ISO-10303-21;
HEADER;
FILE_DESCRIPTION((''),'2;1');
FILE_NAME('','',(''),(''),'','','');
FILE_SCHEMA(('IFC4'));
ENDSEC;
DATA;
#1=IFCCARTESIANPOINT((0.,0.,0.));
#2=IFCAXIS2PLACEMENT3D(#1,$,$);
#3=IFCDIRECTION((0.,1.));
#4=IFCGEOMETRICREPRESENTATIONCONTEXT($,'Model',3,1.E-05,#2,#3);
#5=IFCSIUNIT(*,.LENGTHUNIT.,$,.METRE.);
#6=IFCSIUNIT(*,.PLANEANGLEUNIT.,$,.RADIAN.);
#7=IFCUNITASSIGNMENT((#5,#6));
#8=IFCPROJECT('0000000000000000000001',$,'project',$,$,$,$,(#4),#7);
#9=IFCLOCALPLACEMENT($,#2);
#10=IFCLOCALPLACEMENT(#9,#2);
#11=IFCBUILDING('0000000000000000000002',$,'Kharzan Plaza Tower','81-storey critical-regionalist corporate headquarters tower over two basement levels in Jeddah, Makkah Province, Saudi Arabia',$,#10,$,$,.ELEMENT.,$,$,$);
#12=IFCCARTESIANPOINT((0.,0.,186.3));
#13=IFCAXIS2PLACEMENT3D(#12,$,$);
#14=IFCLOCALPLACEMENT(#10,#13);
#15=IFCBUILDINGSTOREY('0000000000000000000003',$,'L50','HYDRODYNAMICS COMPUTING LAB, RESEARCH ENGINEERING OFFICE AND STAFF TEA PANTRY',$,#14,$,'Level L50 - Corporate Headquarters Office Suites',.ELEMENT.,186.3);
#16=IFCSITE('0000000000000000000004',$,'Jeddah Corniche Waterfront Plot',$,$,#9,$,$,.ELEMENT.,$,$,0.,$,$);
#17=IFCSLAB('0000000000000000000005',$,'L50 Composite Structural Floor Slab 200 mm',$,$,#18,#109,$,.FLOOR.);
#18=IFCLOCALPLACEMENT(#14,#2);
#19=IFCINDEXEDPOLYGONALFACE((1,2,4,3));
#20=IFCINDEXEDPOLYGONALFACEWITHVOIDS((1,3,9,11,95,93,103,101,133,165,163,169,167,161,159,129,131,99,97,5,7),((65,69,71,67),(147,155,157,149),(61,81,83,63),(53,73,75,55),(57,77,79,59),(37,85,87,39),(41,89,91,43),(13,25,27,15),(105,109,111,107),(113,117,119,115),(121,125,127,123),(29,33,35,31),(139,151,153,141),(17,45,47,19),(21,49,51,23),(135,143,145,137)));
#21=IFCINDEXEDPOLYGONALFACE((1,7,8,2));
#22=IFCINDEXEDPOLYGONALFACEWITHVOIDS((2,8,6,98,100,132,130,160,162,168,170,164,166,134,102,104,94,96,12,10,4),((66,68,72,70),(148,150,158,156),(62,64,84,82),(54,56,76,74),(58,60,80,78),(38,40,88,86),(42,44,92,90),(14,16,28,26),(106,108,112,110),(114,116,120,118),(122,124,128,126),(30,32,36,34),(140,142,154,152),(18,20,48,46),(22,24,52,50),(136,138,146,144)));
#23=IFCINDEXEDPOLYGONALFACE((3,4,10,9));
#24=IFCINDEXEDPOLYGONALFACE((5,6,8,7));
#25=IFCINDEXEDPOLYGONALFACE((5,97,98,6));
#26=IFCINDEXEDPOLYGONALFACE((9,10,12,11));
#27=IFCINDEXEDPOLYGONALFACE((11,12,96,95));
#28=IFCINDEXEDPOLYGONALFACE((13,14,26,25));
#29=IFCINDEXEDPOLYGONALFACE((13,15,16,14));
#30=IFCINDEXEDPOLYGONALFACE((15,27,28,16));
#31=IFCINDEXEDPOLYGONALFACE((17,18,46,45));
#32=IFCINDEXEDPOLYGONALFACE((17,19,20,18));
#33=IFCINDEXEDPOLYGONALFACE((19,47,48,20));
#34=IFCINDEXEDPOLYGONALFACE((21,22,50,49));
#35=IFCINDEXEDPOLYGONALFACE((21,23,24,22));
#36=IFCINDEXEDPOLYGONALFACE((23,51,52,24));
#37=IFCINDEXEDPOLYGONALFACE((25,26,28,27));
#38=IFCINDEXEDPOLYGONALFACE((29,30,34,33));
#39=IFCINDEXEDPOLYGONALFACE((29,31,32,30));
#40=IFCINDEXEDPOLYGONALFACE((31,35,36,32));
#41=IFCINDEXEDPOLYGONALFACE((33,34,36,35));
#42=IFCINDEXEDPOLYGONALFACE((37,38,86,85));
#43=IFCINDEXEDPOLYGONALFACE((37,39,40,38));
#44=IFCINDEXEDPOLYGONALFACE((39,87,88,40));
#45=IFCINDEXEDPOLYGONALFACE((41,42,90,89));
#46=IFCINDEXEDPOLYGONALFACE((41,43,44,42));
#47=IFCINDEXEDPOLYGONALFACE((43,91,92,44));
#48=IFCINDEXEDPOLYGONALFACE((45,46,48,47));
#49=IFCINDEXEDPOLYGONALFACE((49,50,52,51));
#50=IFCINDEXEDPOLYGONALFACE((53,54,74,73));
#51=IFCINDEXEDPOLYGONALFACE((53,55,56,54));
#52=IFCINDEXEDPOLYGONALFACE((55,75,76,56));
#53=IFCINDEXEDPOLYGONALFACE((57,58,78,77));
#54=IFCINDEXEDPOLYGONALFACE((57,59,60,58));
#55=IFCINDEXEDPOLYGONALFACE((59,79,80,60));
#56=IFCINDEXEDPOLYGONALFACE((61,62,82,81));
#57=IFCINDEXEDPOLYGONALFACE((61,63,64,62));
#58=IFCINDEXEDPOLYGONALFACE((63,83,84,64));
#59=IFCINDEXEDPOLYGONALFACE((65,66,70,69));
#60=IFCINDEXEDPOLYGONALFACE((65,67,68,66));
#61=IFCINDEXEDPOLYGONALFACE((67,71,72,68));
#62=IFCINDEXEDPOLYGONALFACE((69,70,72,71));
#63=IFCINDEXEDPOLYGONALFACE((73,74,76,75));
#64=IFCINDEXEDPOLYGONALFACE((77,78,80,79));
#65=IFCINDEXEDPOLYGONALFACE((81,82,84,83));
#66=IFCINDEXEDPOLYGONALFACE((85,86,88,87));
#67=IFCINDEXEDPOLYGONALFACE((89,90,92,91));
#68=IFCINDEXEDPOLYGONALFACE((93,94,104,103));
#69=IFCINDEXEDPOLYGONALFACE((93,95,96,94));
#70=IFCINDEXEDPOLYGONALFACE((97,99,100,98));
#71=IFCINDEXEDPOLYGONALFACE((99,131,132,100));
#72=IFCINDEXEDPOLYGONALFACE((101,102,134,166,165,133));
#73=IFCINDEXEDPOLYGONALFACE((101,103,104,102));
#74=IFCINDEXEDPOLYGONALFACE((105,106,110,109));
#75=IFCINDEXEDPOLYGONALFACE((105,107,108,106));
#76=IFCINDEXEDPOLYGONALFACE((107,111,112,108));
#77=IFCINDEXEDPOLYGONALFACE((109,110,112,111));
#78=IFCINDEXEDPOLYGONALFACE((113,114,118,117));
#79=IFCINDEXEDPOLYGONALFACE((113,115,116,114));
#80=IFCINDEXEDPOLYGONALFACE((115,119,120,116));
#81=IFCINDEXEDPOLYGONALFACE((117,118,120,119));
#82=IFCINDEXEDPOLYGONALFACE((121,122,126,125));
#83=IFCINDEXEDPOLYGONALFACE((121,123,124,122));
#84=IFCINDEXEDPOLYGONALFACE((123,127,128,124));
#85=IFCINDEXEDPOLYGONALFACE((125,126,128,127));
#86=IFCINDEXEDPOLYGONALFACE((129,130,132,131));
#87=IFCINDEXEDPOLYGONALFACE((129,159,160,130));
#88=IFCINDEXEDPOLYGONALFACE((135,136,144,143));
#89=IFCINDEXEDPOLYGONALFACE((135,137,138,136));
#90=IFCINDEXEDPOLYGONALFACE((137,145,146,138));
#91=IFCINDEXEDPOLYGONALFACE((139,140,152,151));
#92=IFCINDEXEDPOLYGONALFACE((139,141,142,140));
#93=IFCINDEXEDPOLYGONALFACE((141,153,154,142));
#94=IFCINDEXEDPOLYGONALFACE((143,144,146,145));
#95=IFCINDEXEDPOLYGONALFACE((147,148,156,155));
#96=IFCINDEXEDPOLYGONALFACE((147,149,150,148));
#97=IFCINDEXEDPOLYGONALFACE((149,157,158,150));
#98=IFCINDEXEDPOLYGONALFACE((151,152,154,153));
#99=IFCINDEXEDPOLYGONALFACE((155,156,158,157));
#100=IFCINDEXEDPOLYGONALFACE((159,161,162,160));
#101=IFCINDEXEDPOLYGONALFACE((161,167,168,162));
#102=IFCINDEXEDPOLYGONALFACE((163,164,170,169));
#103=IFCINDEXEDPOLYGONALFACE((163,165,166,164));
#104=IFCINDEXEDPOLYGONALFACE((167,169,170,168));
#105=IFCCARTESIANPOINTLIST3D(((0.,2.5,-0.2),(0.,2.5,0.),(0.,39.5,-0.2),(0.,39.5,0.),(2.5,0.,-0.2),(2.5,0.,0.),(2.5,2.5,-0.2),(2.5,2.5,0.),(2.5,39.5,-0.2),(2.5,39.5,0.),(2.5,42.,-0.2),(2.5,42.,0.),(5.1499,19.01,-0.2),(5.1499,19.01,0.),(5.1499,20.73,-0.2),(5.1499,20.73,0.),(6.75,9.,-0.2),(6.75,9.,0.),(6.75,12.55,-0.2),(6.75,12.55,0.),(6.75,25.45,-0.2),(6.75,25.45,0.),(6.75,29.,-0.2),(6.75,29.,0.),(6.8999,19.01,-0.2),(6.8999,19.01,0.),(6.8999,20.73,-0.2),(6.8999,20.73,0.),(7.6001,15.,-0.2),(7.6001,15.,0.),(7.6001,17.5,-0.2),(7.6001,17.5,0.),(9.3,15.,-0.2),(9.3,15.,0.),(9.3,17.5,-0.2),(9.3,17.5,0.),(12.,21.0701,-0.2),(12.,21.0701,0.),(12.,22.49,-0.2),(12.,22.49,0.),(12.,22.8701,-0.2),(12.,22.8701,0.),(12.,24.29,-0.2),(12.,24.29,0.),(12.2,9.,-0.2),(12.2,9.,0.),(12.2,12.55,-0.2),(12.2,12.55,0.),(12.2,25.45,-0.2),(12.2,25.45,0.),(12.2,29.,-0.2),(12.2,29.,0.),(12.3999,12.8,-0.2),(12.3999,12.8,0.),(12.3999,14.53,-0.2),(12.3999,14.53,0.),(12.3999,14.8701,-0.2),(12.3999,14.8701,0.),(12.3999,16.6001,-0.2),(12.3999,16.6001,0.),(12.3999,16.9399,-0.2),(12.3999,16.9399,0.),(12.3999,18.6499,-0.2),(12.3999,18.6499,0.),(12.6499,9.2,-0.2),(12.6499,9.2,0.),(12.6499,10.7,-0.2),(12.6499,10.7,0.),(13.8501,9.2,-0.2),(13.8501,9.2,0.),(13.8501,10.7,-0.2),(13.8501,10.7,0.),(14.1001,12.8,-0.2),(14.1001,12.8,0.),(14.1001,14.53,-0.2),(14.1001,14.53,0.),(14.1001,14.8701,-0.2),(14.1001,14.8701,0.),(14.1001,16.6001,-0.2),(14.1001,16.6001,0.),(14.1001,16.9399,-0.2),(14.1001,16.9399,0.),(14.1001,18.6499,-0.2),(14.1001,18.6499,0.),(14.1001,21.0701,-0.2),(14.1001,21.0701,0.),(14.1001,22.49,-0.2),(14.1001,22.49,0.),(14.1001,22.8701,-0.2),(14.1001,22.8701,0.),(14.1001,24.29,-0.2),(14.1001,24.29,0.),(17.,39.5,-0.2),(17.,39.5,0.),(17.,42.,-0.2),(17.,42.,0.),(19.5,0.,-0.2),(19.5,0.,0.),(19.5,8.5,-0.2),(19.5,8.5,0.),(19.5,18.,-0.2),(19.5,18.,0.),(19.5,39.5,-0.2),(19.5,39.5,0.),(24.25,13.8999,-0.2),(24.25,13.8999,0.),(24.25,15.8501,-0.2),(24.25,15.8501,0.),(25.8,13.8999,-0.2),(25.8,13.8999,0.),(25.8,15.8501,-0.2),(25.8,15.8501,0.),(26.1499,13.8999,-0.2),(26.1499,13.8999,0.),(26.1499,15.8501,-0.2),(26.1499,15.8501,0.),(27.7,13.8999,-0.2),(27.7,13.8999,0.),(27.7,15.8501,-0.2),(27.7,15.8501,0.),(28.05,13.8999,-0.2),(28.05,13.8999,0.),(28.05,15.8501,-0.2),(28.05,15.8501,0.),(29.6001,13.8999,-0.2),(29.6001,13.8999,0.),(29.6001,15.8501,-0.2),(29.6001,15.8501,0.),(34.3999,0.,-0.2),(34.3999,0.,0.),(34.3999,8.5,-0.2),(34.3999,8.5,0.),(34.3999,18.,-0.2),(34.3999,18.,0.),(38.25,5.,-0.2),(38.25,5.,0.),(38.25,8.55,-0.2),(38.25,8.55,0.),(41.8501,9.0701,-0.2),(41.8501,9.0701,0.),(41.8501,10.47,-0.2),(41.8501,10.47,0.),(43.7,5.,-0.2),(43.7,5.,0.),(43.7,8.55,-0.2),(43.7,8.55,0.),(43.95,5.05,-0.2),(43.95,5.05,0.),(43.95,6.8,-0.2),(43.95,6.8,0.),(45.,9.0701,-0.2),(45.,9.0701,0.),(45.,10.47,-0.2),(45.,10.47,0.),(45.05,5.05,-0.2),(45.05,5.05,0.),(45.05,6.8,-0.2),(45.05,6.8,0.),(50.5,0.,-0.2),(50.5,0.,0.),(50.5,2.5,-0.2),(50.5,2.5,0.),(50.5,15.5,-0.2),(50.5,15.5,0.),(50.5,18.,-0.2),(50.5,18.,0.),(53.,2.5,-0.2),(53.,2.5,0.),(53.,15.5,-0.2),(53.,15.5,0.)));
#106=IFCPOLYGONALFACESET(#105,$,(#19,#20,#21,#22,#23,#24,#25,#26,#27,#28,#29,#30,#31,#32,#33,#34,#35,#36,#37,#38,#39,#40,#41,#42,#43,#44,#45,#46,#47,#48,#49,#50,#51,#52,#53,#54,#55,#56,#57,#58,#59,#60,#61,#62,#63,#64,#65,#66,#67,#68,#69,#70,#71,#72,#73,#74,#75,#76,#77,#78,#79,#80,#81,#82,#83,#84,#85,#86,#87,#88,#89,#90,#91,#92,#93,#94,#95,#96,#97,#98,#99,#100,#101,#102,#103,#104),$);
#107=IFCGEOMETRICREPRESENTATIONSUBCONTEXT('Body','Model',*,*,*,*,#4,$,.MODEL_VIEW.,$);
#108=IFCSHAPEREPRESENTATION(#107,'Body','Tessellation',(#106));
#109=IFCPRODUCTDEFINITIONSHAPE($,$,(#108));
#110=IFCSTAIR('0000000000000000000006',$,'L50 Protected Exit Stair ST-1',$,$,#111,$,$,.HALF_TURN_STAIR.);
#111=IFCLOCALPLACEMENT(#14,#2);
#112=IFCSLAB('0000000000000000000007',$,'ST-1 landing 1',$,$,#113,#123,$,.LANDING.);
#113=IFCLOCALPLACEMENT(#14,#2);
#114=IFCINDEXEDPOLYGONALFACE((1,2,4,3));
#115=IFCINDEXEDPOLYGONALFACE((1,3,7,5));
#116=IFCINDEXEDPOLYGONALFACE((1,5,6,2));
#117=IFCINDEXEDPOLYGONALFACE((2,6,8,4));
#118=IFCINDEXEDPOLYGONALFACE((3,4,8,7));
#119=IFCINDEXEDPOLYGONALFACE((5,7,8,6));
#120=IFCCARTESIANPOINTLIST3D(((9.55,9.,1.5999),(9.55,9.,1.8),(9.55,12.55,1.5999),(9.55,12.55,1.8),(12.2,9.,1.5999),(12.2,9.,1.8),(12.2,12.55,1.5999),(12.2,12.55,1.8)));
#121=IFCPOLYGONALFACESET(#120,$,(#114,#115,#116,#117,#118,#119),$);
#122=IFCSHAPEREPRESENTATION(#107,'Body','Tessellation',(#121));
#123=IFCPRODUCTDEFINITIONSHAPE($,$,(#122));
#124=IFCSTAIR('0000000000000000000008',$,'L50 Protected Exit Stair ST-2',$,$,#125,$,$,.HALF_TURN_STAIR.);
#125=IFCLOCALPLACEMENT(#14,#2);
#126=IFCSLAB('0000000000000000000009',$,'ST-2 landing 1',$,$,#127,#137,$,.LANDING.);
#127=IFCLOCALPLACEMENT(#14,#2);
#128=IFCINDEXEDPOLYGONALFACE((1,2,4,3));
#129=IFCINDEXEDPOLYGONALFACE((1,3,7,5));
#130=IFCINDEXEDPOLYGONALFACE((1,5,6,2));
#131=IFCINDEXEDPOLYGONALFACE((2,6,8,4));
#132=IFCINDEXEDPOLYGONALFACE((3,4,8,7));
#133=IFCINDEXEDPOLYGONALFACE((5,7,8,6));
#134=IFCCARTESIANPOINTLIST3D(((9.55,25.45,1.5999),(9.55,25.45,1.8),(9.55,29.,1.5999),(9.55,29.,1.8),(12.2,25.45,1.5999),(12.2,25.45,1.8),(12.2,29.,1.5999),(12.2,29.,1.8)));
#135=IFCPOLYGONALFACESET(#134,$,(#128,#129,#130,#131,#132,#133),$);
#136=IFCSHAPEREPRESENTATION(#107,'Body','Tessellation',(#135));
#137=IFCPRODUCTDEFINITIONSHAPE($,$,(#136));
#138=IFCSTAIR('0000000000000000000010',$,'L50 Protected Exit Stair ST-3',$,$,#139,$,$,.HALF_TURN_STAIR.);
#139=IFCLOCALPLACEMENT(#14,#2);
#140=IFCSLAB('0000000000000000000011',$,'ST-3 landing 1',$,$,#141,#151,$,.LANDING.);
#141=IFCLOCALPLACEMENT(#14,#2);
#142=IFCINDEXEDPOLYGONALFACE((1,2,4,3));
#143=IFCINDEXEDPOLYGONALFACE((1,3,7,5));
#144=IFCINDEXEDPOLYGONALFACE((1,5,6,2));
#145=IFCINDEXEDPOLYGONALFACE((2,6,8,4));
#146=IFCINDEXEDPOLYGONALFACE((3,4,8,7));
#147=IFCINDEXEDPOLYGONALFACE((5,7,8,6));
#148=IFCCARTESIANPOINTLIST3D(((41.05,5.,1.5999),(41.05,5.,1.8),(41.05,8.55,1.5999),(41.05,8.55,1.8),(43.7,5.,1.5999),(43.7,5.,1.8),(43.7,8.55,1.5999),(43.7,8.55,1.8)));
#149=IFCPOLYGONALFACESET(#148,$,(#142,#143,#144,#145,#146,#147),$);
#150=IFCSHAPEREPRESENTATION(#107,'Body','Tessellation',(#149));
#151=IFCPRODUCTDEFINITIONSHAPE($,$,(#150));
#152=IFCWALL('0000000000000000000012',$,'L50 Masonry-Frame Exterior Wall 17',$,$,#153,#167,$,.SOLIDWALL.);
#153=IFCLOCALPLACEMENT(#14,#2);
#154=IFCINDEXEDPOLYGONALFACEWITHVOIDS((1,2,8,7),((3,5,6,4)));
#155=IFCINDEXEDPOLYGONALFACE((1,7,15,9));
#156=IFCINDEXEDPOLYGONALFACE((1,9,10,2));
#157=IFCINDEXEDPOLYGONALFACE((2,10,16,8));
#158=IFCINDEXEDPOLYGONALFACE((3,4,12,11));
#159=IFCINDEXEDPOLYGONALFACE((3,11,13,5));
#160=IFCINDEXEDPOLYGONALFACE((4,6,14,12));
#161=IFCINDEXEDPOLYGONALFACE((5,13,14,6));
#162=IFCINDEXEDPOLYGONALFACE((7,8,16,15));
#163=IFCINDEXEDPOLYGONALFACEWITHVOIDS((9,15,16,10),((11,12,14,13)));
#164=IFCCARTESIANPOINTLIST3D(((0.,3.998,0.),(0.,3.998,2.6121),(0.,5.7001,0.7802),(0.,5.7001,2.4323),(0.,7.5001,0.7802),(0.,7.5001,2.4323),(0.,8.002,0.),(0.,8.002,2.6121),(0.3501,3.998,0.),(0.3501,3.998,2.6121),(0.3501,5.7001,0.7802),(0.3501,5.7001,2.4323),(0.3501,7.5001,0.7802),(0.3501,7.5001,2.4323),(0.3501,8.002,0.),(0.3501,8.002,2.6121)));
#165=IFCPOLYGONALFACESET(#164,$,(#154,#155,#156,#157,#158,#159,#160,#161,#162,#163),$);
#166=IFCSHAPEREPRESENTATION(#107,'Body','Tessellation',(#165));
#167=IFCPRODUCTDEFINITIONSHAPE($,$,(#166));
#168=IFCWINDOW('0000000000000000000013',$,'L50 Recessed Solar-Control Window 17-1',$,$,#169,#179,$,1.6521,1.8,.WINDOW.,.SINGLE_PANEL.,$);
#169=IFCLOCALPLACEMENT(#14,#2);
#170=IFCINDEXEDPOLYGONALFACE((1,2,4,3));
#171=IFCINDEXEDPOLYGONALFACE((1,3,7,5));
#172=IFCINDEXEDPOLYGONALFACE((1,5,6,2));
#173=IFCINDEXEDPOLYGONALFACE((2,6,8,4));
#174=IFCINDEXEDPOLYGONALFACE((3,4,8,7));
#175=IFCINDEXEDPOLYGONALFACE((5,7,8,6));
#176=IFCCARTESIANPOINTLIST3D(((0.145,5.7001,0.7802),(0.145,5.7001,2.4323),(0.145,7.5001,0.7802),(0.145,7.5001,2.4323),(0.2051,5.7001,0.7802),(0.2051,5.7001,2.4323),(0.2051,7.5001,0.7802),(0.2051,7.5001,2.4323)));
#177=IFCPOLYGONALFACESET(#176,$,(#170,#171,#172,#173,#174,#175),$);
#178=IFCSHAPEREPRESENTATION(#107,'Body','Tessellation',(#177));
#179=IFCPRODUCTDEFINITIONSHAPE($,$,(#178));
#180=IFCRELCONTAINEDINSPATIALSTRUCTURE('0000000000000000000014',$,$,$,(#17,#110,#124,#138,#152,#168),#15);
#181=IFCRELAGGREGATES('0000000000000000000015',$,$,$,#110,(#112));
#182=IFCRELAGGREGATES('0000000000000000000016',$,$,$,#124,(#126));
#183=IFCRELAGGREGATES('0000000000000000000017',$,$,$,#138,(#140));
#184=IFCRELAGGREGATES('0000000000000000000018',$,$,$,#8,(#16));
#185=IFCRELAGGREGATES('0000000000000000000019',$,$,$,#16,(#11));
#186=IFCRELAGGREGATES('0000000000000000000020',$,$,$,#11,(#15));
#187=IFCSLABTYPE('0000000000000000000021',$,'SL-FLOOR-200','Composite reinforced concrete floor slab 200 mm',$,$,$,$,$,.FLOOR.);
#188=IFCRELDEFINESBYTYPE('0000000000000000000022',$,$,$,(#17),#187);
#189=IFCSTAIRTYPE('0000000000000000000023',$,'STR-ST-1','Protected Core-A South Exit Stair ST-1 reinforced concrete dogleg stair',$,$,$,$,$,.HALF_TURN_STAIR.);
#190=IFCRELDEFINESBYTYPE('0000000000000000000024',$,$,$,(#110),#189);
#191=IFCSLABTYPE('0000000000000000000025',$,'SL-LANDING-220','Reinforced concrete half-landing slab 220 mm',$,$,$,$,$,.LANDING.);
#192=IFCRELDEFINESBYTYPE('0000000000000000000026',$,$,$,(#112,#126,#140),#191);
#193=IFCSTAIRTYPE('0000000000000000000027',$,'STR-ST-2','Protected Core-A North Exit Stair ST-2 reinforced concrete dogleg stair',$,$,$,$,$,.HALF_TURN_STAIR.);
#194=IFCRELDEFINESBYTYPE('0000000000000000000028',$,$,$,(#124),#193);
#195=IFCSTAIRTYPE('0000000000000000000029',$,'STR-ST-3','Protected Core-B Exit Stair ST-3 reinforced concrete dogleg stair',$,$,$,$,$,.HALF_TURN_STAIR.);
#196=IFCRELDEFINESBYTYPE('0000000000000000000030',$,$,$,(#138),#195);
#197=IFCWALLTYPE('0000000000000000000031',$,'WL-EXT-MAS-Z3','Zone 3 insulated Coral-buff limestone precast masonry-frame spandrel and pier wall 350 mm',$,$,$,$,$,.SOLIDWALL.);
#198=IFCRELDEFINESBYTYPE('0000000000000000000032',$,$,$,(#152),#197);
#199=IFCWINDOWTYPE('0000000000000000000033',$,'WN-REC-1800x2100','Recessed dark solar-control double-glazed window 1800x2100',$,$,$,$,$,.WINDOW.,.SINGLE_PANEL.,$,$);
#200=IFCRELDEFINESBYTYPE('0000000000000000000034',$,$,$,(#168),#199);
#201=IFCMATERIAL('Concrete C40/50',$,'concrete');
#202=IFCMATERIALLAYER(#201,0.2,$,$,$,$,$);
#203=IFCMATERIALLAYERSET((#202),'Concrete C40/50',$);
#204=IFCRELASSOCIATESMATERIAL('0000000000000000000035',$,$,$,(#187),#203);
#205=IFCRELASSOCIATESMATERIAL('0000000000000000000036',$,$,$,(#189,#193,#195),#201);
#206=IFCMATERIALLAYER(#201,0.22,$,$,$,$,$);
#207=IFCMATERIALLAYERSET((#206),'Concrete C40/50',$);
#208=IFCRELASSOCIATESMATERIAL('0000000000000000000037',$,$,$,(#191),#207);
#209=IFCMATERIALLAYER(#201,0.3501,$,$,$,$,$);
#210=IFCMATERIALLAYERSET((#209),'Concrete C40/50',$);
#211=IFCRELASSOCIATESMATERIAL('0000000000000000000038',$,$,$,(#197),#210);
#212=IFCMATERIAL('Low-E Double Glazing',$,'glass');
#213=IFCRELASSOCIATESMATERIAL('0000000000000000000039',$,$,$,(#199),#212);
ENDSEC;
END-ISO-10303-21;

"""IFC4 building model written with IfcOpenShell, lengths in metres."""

from ifc_helpers import new_model, si_unit, direction, frame, frame_2d, origin, place, context, subcontext, project, spatial, polyline, rectangle, outline, extrude, source, transform, mapped, material, layer, layer_set, type_object, element, fill, aggregate, save


model = new_model("IFC4")

# Units and contexts
model_context = context("Model", 3, precision=1e-05, world=origin(), true_north=direction((0.0, 1.0)))
body_context = subcontext(model_context, "Body", "Model", "MODEL_VIEW")
ifc_project = project(units=[si_unit("LENGTHUNIT", "METRE"), si_unit("PLANEANGLEUNIT", "RADIAN")], contexts=[model_context])

# Site, building, storey
site_placement = place(None, origin())
site = spatial("IfcSite", under=ifc_project, at=site_placement, Name="Jeddah Corniche Waterfront Plot", CompositionType="ELEMENT", RefElevation=0.0)
building_placement = place(site_placement, origin())
building = spatial("IfcBuilding", under=site, at=building_placement, Name="Kharzan Plaza Tower", Description="81-storey critical-regionalist corporate headquarters tower over two basement levels in Jeddah, Makkah Province, Saudi Arabia", CompositionType="ELEMENT")
storey_placement = place(building_placement, frame((0.0, 0.0, 186.3)))
storey = spatial("IfcBuildingStorey", under=building, at=storey_placement, Name="L50", Description="HYDRODYNAMICS COMPUTING LAB, RESEARCH ENGINEERING OFFICE AND STAFF TEA PANTRY", LongName="Level L50 - Corporate Headquarters Office Suites", CompositionType="ELEMENT", Elevation=186.3)

# Slab
ifc_material_1 = material(Name="Concrete C40/50", Category="concrete")
ifc_layer_1 = layer(ifc_material_1, 0.2)
ifc_layer_set_1 = layer_set([ifc_layer_1], Name="Concrete C40/50")
slab_type_1 = type_object("IfcSlabType", Name="SL-FLOOR-200", Description="Composite reinforced concrete floor slab 200 mm", PredefinedType="FLOOR", material=ifc_layer_set_1)
slab_1_placement = place(storey_placement, frame((0.0, 0.0, -0.2)))
element("IfcSlab", 1, at=slab_1_placement, inside=storey, type_object=slab_type_1, Name="L50 Composite Structural Floor Slab 200 mm", PredefinedType="FLOOR", context=body_context, shape_type="SweptSolid", body=[
    extrude(outline(polyline([(34.3999, 18.0), (19.5, 18.0), (19.5, 39.5), (17.0, 39.5), (17.0, 42.0), (2.5, 42.0), (2.5, 39.5), (0.0, 39.5), (0.0, 2.5), (2.5, 2.5), (2.5, 0.0), (19.5, 0.0), (19.5, 8.5), (34.3999, 8.5), (34.3999, 0.0), (50.5, 0.0), (50.5, 2.5), (53.0, 2.5), (53.0, 15.5), (50.5, 15.5), (50.5, 18.0), (34.3999, 18.0)]), holes=[polyline([(12.2, 9.0), (12.2, 12.55), (6.75, 12.55), (6.75, 9.0), (12.2, 9.0)]), polyline([(14.1001, 12.8), (14.1001, 14.53), (12.3999, 14.53), (12.3999, 12.8), (14.1001, 12.8)]), polyline([(14.1001, 14.8701), (14.1001, 16.6001), (12.3999, 16.6001), (12.3999, 14.8701), (14.1001, 14.8701)]), polyline([(9.3, 15.0), (9.3, 17.5), (7.6001, 17.5), (7.6001, 15.0), (9.3, 15.0)]), polyline([(6.8999, 19.01), (6.8999, 20.73), (5.1499, 20.73), (5.1499, 19.01), (6.8999, 19.01)]), polyline([(14.1001, 21.0701), (14.1001, 22.49), (12.0, 22.49), (12.0, 21.0701), (14.1001, 21.0701)]), polyline([(14.1001, 22.8701), (14.1001, 24.29), (12.0, 24.29), (12.0, 22.8701), (14.1001, 22.8701)]), polyline([(12.2, 25.45), (12.2, 29.0), (6.75, 29.0), (6.75, 25.45), (12.2, 25.45)]), polyline([(45.05, 5.05), (45.05, 6.8), (43.95, 6.8), (43.95, 5.05), (45.05, 5.05)]), polyline([(43.7, 5.0), (43.7, 8.55), (38.25, 8.55), (38.25, 5.0), (43.7, 5.0)]), polyline([(45.0, 9.0701), (45.0, 10.47), (41.8501, 10.47), (41.8501, 9.0701), (45.0, 9.0701)]), polyline([(13.8501, 9.2), (13.8501, 10.7), (12.6499, 10.7), (12.6499, 9.2), (13.8501, 9.2)]), polyline([(25.8, 13.8999), (25.8, 15.8501), (24.25, 15.8501), (24.25, 13.8999), (25.8, 13.8999)]), polyline([(27.7, 13.8999), (27.7, 15.8501), (26.1499, 15.8501), (26.1499, 13.8999), (27.7, 13.8999)]), polyline([(29.6001, 13.8999), (29.6001, 15.8501), (28.05, 15.8501), (28.05, 13.8999), (29.6001, 13.8999)]), polyline([(14.1001, 16.9399), (14.1001, 18.6499), (12.3999, 18.6499), (12.3999, 16.9399), (14.1001, 16.9399)])]), origin(), (0.0, 0.0, 1.0), 0.2),
])

# Stairs, slabs
stair_type_1 = type_object("IfcStairType", Name="STR-ST-1", Description="Protected Core-A South Exit Stair ST-1 reinforced concrete dogleg stair", PredefinedType="HALF_TURN_STAIR", material=ifc_material_1)
stair_1_placement = place(storey_placement, origin())
stair_1 = element("IfcStair", 2, at=stair_1_placement, inside=storey, type_object=stair_type_1, Name="L50 Protected Exit Stair ST-1", PredefinedType="HALF_TURN_STAIR")
ifc_layer_2 = layer(ifc_material_1, 0.22)
ifc_layer_set_2 = layer_set([ifc_layer_2], Name="Concrete C40/50")
slab_type_2 = type_object("IfcSlabType", Name="SL-LANDING-220", Description="Reinforced concrete half-landing slab 220 mm", PredefinedType="LANDING", material=ifc_layer_set_2)
slab_2_placement = place(storey_placement, frame((0.0, 0.0, 1.5999)))
slab_2 = element("IfcSlab", 3, at=slab_2_placement, type_object=slab_type_2, Name="ST-1 landing 1", PredefinedType="LANDING", context=body_context, shape_type="SweptSolid", body=[
    extrude(outline(polyline([(9.55, 9.0), (12.2, 9.0), (12.2, 12.55), (9.55, 12.55), (9.55, 9.0)])), origin(), (0.0, 0.0, 1.0), 0.2002),
])
aggregate(stair_1, [slab_2])
stair_type_2 = type_object("IfcStairType", Name="STR-ST-2", Description="Protected Core-A North Exit Stair ST-2 reinforced concrete dogleg stair", PredefinedType="HALF_TURN_STAIR", material=ifc_material_1)
stair_2_placement = place(storey_placement, origin())
stair_2 = element("IfcStair", 4, at=stair_2_placement, inside=storey, type_object=stair_type_2, Name="L50 Protected Exit Stair ST-2", PredefinedType="HALF_TURN_STAIR")
slab_3_placement = place(storey_placement, frame((0.0, 0.0, 1.5999)))
slab_3 = element("IfcSlab", 5, at=slab_3_placement, type_object=slab_type_2, Name="ST-2 landing 1", PredefinedType="LANDING", context=body_context, shape_type="SweptSolid", body=[
    extrude(outline(polyline([(9.55, 25.45), (12.2, 25.45), (12.2, 29.0), (9.55, 29.0), (9.55, 25.45)])), origin(), (0.0, 0.0, 1.0), 0.2002),
])
aggregate(stair_2, [slab_3])
stair_type_3 = type_object("IfcStairType", Name="STR-ST-3", Description="Protected Core-B Exit Stair ST-3 reinforced concrete dogleg stair", PredefinedType="HALF_TURN_STAIR", material=ifc_material_1)
stair_3_placement = place(storey_placement, origin())
stair_3 = element("IfcStair", 6, at=stair_3_placement, inside=storey, type_object=stair_type_3, Name="L50 Protected Exit Stair ST-3", PredefinedType="HALF_TURN_STAIR")
slab_4_placement = place(storey_placement, frame((0.0, 0.0, 1.5999)))
slab_4 = element("IfcSlab", 7, at=slab_4_placement, type_object=slab_type_2, Name="ST-3 landing 1", PredefinedType="LANDING", context=body_context, shape_type="SweptSolid", body=[
    extrude(outline(polyline([(41.05, 5.0), (43.7, 5.0), (43.7, 8.55), (41.05, 8.55), (41.05, 5.0)])), origin(), (0.0, 0.0, 1.0), 0.2002),
])
aggregate(stair_3, [slab_4])

# Wall, opening, window
ifc_layer_3 = layer(ifc_material_1, 0.3501)
ifc_layer_set_3 = layer_set([ifc_layer_3], Name="Concrete C40/50")
wall_type_1 = type_object("IfcWallType", Name="WL-EXT-MAS-Z3", Description="Zone 3 insulated Coral-buff limestone precast masonry-frame spandrel and pier wall 350 mm", PredefinedType="SOLIDWALL", material=ifc_layer_set_3)
wall_1_placement = place(storey_placement, frame((0.175, 8.002, 0.0), z_axis=(0.0, 0.0, 1.0), x_axis=(0.0, -1.0, 0.0)))
wall_1 = element("IfcWall", 8, at=wall_1_placement, inside=storey, type_object=wall_type_1, Name="L50 Masonry-Frame Exterior Wall 17", PredefinedType="SOLIDWALL", context=body_context, shape_type="SweptSolid", body=[
    extrude(rectangle(XDim=4.0039, YDim=0.3501, at=frame_2d((2.002, 0.0))), origin(), (0.0, 0.0, 1.0), 2.6121),
])
opening_1_placement = place(wall_1_placement, frame((0.502, 0.0, 0.78)))
opening_1 = element("IfcOpeningElement", 9, at=opening_1_placement, cuts=wall_1, PredefinedType="OPENING", context=body_context, shape_type="SweptSolid", body=[
    extrude(rectangle(XDim=1.8, YDim=1.6521, at=frame_2d((0.8999, 0.8262))), frame((0.0, 0.1851, 0.0), z_axis=(0.0, -1.0, 0.0), x_axis=(1.0, 0.0, 0.0)), (0.0, 0.0, 1.0), 0.3701),
])
ifc_material_2 = material(Name="Low-E Double Glazing", Category="glass")
window_type = type_object("IfcWindowType", Name="WN-REC-1800x2100", Description="Recessed dark solar-control double-glazed window 1800x2100", PartitioningType="SINGLE_PANEL", PredefinedType="WINDOW", material=ifc_material_2)
shared_shape_1 = source(origin(), body_context, "Body", "SweptSolid", [
    extrude(rectangle(XDim=1.8, YDim=1.6521, at=frame_2d((0.8999, 0.8262))), frame((0.0, 0.03, 0.0), z_axis=(0.0, -1.0, 0.0), x_axis=(1.0, 0.0, 0.0)), (0.0, 0.0, 1.0), 0.0601),
])
window_1_placement = place(opening_1_placement, origin())
window_1 = element("IfcWindow", 10, at=window_1_placement, inside=storey, type_object=window_type, Name="L50 Recessed Solar-Control Window 17-1", OverallHeight=1.6521, OverallWidth=1.8, PartitioningType="SINGLE_PANEL", PredefinedType="WINDOW", context=body_context, shape_type="MappedRepresentation", body=[
    mapped(shared_shape_1, transform((0.0, 0.0, 0.0), x_axis=(1.0, 0.0, 0.0), y_axis=(0.0, 1.0, 0.0), z_axis=(0.0, 0.0, 1.0))),
])
fill(opening_1, window_1)

save(model, "model.ifc")
